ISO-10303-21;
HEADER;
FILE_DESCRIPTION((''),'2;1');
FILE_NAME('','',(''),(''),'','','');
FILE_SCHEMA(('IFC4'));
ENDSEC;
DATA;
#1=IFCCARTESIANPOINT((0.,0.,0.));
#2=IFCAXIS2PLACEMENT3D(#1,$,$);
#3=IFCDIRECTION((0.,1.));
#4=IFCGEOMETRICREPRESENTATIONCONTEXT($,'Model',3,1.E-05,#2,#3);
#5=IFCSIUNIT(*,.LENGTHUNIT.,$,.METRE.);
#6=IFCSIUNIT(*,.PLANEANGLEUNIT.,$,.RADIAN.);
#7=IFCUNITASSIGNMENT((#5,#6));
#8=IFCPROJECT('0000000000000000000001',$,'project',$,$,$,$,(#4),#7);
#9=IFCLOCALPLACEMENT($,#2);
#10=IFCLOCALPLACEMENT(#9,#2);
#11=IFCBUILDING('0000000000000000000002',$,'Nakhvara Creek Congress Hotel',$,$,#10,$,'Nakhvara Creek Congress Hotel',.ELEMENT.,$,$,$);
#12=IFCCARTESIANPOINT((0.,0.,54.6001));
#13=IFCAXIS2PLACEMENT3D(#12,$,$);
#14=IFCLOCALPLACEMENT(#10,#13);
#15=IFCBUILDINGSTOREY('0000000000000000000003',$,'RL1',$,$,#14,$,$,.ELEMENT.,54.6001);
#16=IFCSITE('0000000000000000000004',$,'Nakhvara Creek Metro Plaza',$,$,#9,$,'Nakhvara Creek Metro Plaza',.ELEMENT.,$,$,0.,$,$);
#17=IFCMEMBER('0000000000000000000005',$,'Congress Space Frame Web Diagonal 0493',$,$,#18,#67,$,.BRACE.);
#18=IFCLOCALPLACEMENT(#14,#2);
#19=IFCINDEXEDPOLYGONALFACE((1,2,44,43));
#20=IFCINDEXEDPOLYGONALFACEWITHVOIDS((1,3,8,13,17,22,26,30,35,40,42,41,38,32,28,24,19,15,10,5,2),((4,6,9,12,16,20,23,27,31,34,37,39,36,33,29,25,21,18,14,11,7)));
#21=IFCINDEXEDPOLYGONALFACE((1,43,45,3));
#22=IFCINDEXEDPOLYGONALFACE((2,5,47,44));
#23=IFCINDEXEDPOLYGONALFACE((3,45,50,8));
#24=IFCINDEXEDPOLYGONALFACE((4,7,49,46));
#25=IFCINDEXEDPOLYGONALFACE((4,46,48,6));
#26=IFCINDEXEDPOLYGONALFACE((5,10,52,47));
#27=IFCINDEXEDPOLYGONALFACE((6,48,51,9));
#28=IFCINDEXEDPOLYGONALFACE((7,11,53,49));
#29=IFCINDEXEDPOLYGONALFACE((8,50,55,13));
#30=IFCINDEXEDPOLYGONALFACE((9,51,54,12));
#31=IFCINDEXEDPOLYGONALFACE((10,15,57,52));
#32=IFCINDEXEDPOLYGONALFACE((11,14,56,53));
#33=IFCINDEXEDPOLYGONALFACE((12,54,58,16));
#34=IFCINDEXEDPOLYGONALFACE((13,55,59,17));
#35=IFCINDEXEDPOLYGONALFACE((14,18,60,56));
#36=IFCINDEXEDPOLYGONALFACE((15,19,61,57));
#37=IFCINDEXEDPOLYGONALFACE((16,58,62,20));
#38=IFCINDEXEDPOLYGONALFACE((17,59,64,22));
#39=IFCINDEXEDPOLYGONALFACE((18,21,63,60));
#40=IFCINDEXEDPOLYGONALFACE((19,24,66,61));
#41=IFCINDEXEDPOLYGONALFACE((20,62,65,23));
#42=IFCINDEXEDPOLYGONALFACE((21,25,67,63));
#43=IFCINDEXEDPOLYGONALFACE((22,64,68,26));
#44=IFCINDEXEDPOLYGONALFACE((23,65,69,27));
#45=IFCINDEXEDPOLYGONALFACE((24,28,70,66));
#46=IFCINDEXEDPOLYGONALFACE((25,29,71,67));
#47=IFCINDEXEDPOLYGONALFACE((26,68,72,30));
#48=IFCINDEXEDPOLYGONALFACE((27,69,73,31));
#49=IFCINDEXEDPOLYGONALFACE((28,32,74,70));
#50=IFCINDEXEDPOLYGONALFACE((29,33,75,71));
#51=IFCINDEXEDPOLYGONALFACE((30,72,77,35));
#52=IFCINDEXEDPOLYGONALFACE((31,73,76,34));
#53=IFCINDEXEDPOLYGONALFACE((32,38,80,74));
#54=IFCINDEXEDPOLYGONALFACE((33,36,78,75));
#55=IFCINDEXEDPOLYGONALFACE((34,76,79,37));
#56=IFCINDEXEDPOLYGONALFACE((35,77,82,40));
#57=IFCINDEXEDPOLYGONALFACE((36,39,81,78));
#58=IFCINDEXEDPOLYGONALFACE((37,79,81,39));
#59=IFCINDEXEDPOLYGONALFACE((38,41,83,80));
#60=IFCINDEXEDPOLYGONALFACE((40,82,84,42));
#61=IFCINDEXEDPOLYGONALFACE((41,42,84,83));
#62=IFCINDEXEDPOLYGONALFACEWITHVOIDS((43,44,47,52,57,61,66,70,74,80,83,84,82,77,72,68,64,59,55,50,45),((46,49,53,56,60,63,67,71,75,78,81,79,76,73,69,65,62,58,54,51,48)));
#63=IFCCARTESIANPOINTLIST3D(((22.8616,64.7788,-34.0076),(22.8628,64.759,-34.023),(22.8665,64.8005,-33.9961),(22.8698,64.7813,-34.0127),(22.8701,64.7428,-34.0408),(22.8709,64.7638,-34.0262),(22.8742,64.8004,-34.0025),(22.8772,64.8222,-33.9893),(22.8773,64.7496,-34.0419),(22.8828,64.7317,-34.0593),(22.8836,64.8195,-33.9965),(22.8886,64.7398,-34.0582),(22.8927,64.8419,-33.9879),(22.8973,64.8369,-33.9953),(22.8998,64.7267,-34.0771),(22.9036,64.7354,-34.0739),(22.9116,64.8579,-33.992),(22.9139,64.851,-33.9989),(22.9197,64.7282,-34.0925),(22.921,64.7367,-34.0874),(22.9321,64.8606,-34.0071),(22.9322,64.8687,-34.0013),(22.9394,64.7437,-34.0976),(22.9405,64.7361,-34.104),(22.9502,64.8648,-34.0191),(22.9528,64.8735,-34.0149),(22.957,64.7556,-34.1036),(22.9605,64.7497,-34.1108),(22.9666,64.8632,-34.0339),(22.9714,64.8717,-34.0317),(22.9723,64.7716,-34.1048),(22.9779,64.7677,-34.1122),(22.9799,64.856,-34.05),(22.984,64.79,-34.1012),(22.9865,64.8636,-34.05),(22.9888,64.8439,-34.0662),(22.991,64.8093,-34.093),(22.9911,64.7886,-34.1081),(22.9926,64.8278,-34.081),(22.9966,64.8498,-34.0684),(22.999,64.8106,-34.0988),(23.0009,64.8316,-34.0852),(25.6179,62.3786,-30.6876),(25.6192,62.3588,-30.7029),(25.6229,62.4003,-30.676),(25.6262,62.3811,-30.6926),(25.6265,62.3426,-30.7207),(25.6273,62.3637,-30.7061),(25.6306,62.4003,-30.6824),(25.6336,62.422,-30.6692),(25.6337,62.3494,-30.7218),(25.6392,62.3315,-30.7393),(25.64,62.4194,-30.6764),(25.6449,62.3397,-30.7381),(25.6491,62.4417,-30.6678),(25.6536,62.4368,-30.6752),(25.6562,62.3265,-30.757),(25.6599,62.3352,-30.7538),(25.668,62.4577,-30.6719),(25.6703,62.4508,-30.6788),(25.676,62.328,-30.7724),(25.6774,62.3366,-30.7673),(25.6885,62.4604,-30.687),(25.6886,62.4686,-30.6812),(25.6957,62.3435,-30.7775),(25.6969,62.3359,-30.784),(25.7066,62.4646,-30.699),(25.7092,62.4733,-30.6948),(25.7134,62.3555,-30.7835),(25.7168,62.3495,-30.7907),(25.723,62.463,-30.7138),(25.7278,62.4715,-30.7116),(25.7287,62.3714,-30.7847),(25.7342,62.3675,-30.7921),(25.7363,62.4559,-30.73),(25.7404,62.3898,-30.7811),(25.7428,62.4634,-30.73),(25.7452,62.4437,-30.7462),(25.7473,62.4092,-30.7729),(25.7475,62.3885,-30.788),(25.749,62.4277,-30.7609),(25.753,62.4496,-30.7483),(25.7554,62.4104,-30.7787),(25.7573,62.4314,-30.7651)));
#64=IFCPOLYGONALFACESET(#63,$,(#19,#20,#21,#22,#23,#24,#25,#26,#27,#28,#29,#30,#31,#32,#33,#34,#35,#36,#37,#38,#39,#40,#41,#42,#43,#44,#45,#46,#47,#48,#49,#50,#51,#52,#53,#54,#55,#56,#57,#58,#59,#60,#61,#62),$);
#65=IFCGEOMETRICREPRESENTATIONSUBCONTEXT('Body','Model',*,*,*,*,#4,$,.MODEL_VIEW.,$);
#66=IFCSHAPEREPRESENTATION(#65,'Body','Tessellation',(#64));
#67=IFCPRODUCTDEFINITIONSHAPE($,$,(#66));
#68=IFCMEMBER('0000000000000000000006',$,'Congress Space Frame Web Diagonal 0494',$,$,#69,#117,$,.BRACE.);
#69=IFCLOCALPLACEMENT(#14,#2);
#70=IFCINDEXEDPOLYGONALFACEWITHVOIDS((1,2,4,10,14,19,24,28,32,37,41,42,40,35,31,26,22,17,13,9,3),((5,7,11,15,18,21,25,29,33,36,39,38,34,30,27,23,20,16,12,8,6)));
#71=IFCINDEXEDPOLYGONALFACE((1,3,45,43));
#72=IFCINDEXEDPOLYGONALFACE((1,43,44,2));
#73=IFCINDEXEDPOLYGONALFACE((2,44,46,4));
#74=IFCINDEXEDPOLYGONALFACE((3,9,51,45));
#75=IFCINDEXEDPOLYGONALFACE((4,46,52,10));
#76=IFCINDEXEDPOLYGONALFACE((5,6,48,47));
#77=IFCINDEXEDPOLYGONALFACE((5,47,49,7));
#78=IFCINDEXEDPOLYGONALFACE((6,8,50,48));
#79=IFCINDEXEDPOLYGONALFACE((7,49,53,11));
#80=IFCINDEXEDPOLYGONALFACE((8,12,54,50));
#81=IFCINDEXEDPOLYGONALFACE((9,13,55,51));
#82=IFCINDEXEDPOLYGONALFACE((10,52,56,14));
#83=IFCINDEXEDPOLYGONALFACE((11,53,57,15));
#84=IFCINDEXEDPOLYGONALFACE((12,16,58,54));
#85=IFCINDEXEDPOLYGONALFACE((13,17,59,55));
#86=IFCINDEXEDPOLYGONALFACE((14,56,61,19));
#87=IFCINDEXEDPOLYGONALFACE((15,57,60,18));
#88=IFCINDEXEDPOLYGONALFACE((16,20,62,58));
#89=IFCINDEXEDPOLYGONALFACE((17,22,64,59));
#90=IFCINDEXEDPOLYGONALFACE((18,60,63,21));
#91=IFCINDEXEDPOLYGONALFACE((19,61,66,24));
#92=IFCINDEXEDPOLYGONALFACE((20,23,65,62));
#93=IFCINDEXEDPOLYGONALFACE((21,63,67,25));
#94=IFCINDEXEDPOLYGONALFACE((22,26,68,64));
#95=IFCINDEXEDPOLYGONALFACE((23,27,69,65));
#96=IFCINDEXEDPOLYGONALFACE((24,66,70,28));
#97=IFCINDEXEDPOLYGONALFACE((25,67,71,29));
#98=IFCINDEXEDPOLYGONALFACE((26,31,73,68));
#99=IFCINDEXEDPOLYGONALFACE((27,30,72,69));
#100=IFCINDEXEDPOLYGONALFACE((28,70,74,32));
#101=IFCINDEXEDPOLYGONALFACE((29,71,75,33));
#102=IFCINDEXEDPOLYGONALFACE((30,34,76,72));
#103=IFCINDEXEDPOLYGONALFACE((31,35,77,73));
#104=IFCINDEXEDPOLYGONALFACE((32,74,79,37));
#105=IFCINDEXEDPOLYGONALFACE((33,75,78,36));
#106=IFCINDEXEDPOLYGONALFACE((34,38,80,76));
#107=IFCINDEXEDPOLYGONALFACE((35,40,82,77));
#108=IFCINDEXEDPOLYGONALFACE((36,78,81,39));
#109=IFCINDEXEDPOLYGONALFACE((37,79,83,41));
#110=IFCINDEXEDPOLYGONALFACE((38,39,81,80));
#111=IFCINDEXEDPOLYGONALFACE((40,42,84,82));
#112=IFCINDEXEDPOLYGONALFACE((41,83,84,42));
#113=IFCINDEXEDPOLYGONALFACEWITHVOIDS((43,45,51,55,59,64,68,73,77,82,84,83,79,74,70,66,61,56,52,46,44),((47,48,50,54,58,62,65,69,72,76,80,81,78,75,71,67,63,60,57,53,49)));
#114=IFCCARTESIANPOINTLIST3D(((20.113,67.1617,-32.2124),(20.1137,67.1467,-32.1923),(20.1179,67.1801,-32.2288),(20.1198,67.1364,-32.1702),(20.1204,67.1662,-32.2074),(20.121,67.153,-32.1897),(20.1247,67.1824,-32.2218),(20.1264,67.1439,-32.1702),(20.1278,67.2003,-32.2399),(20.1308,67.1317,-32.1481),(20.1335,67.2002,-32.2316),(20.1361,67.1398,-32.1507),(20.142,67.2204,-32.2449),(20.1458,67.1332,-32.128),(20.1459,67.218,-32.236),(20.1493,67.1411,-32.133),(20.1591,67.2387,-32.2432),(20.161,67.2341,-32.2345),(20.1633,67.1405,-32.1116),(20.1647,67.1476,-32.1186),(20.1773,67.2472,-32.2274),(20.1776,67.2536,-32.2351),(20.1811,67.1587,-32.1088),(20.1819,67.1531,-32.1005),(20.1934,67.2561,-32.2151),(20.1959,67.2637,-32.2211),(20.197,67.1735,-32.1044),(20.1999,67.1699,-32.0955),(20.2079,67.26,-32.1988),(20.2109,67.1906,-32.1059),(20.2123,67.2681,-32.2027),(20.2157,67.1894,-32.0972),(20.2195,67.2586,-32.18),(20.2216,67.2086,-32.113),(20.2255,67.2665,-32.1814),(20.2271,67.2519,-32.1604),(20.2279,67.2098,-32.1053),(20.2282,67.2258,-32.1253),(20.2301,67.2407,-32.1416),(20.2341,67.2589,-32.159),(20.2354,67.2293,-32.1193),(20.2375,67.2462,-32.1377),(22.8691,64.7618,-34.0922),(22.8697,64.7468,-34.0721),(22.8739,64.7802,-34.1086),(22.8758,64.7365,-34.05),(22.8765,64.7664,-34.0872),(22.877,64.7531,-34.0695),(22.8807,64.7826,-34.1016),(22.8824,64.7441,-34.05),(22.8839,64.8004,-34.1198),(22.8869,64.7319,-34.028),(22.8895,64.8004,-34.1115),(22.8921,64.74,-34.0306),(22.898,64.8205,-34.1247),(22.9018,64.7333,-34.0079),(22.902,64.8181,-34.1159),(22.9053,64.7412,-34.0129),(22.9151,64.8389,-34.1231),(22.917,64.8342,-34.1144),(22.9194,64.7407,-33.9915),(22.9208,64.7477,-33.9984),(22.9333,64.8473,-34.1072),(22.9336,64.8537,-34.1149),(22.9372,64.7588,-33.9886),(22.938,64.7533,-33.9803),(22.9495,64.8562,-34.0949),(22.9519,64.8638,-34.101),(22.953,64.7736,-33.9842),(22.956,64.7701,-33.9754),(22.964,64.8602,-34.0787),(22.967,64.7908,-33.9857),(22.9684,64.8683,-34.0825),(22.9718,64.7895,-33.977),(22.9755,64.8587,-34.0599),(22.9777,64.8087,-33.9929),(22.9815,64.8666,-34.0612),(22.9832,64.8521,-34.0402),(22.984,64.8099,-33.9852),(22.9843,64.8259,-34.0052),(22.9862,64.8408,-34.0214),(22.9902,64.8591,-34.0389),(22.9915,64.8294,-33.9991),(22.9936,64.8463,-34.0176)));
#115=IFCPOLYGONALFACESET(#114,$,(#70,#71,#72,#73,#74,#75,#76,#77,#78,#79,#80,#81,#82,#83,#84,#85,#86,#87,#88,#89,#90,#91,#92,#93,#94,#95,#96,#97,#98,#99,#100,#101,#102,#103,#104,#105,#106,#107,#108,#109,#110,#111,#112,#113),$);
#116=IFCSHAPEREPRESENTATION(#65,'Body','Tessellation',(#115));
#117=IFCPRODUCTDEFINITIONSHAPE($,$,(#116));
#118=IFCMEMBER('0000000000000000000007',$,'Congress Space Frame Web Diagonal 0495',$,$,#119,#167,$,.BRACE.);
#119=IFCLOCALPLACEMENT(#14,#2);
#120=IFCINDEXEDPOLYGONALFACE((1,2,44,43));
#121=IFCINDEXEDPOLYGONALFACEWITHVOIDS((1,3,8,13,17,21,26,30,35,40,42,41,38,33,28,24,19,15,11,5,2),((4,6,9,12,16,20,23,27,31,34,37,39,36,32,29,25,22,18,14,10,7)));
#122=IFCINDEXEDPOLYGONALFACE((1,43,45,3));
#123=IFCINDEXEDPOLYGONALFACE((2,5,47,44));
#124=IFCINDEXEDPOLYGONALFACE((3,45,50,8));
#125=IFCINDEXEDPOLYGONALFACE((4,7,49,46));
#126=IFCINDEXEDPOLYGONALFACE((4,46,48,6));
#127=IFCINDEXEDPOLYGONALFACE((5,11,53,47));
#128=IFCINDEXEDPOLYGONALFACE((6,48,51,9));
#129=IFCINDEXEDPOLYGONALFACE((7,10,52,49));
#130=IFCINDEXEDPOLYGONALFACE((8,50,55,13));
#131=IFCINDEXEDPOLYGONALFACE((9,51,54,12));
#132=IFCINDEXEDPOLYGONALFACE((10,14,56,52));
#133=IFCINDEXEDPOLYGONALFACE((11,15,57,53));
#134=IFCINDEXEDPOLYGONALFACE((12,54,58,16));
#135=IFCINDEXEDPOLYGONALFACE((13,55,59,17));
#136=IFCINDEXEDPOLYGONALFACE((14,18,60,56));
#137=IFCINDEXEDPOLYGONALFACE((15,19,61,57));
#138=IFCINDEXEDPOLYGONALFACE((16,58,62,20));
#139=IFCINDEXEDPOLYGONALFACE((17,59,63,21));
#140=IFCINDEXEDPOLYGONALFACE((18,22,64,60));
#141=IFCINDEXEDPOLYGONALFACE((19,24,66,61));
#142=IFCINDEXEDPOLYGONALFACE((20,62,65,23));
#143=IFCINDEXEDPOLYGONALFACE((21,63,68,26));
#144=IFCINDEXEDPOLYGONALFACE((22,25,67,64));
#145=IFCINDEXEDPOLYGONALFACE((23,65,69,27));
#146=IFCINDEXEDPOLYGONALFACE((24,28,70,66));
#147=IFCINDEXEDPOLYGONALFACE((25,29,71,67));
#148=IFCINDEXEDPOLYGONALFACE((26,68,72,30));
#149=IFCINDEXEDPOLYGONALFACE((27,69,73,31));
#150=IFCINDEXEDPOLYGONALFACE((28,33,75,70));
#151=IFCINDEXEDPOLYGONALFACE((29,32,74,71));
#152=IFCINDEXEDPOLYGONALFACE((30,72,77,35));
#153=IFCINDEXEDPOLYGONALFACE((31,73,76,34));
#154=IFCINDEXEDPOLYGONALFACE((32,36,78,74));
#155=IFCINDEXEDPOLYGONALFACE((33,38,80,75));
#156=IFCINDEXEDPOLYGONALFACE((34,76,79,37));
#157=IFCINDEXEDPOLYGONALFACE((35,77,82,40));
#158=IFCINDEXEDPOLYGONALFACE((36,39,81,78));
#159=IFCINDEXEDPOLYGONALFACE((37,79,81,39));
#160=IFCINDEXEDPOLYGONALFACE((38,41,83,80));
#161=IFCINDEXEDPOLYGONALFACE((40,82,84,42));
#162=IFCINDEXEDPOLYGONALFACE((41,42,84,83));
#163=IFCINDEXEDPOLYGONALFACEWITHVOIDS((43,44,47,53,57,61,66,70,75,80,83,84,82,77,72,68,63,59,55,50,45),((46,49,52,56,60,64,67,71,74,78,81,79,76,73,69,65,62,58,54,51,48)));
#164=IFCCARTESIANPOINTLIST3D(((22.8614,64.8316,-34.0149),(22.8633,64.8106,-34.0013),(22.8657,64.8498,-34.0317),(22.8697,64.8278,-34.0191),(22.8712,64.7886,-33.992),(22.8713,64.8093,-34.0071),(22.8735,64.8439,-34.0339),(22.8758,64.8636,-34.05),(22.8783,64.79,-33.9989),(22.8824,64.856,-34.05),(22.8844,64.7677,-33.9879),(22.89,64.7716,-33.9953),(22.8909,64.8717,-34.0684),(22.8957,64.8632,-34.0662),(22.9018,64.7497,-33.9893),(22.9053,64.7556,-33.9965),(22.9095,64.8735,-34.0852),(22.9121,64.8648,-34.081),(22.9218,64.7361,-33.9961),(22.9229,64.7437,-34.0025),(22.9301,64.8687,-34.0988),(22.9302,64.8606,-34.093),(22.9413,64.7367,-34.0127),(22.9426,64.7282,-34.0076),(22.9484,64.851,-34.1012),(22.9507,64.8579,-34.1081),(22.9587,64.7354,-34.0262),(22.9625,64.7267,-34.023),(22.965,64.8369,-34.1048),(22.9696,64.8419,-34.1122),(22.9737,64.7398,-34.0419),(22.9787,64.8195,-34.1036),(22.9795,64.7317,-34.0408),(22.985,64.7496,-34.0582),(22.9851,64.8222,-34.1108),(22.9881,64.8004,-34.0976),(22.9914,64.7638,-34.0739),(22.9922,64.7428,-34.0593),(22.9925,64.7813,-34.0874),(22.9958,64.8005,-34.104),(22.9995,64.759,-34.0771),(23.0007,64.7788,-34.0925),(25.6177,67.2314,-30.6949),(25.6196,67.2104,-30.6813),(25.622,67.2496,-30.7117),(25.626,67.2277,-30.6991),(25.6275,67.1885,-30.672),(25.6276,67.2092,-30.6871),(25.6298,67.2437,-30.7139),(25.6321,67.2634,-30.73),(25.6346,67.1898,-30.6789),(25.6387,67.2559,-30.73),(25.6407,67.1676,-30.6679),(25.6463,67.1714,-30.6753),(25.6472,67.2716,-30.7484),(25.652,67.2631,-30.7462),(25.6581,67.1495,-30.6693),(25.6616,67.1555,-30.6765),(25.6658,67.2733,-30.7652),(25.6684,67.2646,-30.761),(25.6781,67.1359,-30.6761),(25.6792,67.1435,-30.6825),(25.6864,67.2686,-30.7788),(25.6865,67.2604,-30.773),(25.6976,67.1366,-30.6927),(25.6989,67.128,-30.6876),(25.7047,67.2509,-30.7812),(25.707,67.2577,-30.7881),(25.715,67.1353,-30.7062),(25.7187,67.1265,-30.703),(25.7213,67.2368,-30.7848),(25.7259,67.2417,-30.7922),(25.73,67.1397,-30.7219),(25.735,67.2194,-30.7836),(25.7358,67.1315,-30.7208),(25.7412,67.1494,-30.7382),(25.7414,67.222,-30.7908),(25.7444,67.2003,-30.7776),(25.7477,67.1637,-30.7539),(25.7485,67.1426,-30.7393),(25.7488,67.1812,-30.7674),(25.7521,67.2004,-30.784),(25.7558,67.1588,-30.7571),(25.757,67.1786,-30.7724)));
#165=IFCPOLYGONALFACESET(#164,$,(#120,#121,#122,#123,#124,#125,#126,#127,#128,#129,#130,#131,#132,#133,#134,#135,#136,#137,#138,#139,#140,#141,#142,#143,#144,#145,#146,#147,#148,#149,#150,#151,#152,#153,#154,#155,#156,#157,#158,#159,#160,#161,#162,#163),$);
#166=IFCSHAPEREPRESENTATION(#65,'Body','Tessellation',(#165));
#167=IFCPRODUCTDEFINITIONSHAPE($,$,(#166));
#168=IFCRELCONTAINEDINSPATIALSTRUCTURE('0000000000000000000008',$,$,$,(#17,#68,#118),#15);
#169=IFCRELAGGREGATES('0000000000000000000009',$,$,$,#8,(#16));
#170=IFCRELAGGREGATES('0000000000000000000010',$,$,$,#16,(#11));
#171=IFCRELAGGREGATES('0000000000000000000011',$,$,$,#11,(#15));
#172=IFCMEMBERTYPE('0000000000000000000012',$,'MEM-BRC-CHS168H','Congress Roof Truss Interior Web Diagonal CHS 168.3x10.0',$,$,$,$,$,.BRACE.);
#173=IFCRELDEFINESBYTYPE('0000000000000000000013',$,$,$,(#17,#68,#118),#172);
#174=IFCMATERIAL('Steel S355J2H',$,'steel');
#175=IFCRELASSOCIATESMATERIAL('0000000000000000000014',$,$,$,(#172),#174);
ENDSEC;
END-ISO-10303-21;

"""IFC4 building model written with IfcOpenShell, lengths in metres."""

from ifc_helpers import new_model, si_unit, direction, frame, origin, origin_2d, place, context, subcontext, project, spatial, hollow_circle, extrude, material, material_profile, profile_set, type_object, element, save


model = new_model("IFC4")

# Units and contexts
model_context = context("Model", 3, precision=1e-05, world=origin(), true_north=direction((0.0, 1.0)))
body_context = subcontext(model_context, "Body", "Model", "MODEL_VIEW")
ifc_project = project(units=[si_unit("LENGTHUNIT", "METRE"), si_unit("PLANEANGLEUNIT", "RADIAN")], contexts=[model_context])

# Site, building, storey
site_placement = place(None, origin())
site = spatial("IfcSite", under=ifc_project, at=site_placement, Name="Nakhvara Creek Metro Plaza", LongName="Nakhvara Creek Metro Plaza", CompositionType="ELEMENT", RefElevation=0.0)
building_placement = place(site_placement, origin())
building = spatial("IfcBuilding", under=site, at=building_placement, Name="Nakhvara Creek Congress Hotel", LongName="Nakhvara Creek Congress Hotel", CompositionType="ELEMENT")
storey_placement = place(building_placement, frame((0.0, 0.0, 54.6001)))
storey = spatial("IfcBuildingStorey", under=building, at=storey_placement, Name="RL1", CompositionType="ELEMENT", Elevation=54.6001)

# Members
ifc_material_1 = material(Name="Steel S355J2H", Category="steel")
ifc_material_profile_1 = material_profile(ifc_material_1, hollow_circle(Radius=0.0842, WallThickness=0.01, at=origin_2d()), Name="CHS 168.3x10.0", Category="LoadBearing")
ifc_profile_set_1 = profile_set([ifc_material_profile_1], Name="Steel S355J2H")
member_type_1 = type_object("IfcMemberType", Name="MEM-BRC-CHS168H", Description="Congress Roof Truss Interior Web Diagonal CHS 168.3x10.0", PredefinedType="BRACE", material=ifc_profile_set_1)
member_1_placement = place(storey_placement, frame((22.9312, 64.8, -34.05), z_axis=(0.558224, -0.486085, 0.67239), x_axis=(0.656696, 0.754155, 0.0)))
element("IfcMember", 1, at=member_1_placement, inside=storey, type_object=member_type_1, Name="Congress Space Frame Web Diagonal 0493", PredefinedType="BRACE", context=body_context, shape_type="SweptSolid", body=[
    extrude(hollow_circle(Radius=0.0842, WallThickness=0.01, at=origin_2d()), origin(), (0.0, 0.0, 1.0), 4.9377),
])
member_2_placement = place(storey_placement, frame((22.9312, 64.8, -34.05), z_axis=(-0.670634, 0.583961, 0.457426), x_axis=(-0.656691, -0.75416, 0.0)))
element("IfcMember", 2, at=member_2_placement, inside=storey, type_object=member_type_1, Name="Congress Space Frame Web Diagonal 0494", PredefinedType="BRACE", context=body_context, shape_type="SweptSolid", body=[
    extrude(hollow_circle(Radius=0.0842, WallThickness=0.01, at=origin_2d()), origin(), (0.0, 0.0, 1.0), 4.1096),
])
member_3_placement = place(storey_placement, frame((22.9312, 64.8, -34.05), z_axis=(0.558237, 0.486047, 0.672406), x_axis=(-0.656658, 0.754188, 0.0)))
element("IfcMember", 3, at=member_3_placement, inside=storey, type_object=member_type_1, Name="Congress Space Frame Web Diagonal 0495", PredefinedType="BRACE", context=body_context, shape_type="SweptSolid", body=[
    extrude(hollow_circle(Radius=0.0842, WallThickness=0.01, at=origin_2d()), origin(), (0.0, 0.0, 1.0), 4.9375),
])

save(model, "model.ifc")
